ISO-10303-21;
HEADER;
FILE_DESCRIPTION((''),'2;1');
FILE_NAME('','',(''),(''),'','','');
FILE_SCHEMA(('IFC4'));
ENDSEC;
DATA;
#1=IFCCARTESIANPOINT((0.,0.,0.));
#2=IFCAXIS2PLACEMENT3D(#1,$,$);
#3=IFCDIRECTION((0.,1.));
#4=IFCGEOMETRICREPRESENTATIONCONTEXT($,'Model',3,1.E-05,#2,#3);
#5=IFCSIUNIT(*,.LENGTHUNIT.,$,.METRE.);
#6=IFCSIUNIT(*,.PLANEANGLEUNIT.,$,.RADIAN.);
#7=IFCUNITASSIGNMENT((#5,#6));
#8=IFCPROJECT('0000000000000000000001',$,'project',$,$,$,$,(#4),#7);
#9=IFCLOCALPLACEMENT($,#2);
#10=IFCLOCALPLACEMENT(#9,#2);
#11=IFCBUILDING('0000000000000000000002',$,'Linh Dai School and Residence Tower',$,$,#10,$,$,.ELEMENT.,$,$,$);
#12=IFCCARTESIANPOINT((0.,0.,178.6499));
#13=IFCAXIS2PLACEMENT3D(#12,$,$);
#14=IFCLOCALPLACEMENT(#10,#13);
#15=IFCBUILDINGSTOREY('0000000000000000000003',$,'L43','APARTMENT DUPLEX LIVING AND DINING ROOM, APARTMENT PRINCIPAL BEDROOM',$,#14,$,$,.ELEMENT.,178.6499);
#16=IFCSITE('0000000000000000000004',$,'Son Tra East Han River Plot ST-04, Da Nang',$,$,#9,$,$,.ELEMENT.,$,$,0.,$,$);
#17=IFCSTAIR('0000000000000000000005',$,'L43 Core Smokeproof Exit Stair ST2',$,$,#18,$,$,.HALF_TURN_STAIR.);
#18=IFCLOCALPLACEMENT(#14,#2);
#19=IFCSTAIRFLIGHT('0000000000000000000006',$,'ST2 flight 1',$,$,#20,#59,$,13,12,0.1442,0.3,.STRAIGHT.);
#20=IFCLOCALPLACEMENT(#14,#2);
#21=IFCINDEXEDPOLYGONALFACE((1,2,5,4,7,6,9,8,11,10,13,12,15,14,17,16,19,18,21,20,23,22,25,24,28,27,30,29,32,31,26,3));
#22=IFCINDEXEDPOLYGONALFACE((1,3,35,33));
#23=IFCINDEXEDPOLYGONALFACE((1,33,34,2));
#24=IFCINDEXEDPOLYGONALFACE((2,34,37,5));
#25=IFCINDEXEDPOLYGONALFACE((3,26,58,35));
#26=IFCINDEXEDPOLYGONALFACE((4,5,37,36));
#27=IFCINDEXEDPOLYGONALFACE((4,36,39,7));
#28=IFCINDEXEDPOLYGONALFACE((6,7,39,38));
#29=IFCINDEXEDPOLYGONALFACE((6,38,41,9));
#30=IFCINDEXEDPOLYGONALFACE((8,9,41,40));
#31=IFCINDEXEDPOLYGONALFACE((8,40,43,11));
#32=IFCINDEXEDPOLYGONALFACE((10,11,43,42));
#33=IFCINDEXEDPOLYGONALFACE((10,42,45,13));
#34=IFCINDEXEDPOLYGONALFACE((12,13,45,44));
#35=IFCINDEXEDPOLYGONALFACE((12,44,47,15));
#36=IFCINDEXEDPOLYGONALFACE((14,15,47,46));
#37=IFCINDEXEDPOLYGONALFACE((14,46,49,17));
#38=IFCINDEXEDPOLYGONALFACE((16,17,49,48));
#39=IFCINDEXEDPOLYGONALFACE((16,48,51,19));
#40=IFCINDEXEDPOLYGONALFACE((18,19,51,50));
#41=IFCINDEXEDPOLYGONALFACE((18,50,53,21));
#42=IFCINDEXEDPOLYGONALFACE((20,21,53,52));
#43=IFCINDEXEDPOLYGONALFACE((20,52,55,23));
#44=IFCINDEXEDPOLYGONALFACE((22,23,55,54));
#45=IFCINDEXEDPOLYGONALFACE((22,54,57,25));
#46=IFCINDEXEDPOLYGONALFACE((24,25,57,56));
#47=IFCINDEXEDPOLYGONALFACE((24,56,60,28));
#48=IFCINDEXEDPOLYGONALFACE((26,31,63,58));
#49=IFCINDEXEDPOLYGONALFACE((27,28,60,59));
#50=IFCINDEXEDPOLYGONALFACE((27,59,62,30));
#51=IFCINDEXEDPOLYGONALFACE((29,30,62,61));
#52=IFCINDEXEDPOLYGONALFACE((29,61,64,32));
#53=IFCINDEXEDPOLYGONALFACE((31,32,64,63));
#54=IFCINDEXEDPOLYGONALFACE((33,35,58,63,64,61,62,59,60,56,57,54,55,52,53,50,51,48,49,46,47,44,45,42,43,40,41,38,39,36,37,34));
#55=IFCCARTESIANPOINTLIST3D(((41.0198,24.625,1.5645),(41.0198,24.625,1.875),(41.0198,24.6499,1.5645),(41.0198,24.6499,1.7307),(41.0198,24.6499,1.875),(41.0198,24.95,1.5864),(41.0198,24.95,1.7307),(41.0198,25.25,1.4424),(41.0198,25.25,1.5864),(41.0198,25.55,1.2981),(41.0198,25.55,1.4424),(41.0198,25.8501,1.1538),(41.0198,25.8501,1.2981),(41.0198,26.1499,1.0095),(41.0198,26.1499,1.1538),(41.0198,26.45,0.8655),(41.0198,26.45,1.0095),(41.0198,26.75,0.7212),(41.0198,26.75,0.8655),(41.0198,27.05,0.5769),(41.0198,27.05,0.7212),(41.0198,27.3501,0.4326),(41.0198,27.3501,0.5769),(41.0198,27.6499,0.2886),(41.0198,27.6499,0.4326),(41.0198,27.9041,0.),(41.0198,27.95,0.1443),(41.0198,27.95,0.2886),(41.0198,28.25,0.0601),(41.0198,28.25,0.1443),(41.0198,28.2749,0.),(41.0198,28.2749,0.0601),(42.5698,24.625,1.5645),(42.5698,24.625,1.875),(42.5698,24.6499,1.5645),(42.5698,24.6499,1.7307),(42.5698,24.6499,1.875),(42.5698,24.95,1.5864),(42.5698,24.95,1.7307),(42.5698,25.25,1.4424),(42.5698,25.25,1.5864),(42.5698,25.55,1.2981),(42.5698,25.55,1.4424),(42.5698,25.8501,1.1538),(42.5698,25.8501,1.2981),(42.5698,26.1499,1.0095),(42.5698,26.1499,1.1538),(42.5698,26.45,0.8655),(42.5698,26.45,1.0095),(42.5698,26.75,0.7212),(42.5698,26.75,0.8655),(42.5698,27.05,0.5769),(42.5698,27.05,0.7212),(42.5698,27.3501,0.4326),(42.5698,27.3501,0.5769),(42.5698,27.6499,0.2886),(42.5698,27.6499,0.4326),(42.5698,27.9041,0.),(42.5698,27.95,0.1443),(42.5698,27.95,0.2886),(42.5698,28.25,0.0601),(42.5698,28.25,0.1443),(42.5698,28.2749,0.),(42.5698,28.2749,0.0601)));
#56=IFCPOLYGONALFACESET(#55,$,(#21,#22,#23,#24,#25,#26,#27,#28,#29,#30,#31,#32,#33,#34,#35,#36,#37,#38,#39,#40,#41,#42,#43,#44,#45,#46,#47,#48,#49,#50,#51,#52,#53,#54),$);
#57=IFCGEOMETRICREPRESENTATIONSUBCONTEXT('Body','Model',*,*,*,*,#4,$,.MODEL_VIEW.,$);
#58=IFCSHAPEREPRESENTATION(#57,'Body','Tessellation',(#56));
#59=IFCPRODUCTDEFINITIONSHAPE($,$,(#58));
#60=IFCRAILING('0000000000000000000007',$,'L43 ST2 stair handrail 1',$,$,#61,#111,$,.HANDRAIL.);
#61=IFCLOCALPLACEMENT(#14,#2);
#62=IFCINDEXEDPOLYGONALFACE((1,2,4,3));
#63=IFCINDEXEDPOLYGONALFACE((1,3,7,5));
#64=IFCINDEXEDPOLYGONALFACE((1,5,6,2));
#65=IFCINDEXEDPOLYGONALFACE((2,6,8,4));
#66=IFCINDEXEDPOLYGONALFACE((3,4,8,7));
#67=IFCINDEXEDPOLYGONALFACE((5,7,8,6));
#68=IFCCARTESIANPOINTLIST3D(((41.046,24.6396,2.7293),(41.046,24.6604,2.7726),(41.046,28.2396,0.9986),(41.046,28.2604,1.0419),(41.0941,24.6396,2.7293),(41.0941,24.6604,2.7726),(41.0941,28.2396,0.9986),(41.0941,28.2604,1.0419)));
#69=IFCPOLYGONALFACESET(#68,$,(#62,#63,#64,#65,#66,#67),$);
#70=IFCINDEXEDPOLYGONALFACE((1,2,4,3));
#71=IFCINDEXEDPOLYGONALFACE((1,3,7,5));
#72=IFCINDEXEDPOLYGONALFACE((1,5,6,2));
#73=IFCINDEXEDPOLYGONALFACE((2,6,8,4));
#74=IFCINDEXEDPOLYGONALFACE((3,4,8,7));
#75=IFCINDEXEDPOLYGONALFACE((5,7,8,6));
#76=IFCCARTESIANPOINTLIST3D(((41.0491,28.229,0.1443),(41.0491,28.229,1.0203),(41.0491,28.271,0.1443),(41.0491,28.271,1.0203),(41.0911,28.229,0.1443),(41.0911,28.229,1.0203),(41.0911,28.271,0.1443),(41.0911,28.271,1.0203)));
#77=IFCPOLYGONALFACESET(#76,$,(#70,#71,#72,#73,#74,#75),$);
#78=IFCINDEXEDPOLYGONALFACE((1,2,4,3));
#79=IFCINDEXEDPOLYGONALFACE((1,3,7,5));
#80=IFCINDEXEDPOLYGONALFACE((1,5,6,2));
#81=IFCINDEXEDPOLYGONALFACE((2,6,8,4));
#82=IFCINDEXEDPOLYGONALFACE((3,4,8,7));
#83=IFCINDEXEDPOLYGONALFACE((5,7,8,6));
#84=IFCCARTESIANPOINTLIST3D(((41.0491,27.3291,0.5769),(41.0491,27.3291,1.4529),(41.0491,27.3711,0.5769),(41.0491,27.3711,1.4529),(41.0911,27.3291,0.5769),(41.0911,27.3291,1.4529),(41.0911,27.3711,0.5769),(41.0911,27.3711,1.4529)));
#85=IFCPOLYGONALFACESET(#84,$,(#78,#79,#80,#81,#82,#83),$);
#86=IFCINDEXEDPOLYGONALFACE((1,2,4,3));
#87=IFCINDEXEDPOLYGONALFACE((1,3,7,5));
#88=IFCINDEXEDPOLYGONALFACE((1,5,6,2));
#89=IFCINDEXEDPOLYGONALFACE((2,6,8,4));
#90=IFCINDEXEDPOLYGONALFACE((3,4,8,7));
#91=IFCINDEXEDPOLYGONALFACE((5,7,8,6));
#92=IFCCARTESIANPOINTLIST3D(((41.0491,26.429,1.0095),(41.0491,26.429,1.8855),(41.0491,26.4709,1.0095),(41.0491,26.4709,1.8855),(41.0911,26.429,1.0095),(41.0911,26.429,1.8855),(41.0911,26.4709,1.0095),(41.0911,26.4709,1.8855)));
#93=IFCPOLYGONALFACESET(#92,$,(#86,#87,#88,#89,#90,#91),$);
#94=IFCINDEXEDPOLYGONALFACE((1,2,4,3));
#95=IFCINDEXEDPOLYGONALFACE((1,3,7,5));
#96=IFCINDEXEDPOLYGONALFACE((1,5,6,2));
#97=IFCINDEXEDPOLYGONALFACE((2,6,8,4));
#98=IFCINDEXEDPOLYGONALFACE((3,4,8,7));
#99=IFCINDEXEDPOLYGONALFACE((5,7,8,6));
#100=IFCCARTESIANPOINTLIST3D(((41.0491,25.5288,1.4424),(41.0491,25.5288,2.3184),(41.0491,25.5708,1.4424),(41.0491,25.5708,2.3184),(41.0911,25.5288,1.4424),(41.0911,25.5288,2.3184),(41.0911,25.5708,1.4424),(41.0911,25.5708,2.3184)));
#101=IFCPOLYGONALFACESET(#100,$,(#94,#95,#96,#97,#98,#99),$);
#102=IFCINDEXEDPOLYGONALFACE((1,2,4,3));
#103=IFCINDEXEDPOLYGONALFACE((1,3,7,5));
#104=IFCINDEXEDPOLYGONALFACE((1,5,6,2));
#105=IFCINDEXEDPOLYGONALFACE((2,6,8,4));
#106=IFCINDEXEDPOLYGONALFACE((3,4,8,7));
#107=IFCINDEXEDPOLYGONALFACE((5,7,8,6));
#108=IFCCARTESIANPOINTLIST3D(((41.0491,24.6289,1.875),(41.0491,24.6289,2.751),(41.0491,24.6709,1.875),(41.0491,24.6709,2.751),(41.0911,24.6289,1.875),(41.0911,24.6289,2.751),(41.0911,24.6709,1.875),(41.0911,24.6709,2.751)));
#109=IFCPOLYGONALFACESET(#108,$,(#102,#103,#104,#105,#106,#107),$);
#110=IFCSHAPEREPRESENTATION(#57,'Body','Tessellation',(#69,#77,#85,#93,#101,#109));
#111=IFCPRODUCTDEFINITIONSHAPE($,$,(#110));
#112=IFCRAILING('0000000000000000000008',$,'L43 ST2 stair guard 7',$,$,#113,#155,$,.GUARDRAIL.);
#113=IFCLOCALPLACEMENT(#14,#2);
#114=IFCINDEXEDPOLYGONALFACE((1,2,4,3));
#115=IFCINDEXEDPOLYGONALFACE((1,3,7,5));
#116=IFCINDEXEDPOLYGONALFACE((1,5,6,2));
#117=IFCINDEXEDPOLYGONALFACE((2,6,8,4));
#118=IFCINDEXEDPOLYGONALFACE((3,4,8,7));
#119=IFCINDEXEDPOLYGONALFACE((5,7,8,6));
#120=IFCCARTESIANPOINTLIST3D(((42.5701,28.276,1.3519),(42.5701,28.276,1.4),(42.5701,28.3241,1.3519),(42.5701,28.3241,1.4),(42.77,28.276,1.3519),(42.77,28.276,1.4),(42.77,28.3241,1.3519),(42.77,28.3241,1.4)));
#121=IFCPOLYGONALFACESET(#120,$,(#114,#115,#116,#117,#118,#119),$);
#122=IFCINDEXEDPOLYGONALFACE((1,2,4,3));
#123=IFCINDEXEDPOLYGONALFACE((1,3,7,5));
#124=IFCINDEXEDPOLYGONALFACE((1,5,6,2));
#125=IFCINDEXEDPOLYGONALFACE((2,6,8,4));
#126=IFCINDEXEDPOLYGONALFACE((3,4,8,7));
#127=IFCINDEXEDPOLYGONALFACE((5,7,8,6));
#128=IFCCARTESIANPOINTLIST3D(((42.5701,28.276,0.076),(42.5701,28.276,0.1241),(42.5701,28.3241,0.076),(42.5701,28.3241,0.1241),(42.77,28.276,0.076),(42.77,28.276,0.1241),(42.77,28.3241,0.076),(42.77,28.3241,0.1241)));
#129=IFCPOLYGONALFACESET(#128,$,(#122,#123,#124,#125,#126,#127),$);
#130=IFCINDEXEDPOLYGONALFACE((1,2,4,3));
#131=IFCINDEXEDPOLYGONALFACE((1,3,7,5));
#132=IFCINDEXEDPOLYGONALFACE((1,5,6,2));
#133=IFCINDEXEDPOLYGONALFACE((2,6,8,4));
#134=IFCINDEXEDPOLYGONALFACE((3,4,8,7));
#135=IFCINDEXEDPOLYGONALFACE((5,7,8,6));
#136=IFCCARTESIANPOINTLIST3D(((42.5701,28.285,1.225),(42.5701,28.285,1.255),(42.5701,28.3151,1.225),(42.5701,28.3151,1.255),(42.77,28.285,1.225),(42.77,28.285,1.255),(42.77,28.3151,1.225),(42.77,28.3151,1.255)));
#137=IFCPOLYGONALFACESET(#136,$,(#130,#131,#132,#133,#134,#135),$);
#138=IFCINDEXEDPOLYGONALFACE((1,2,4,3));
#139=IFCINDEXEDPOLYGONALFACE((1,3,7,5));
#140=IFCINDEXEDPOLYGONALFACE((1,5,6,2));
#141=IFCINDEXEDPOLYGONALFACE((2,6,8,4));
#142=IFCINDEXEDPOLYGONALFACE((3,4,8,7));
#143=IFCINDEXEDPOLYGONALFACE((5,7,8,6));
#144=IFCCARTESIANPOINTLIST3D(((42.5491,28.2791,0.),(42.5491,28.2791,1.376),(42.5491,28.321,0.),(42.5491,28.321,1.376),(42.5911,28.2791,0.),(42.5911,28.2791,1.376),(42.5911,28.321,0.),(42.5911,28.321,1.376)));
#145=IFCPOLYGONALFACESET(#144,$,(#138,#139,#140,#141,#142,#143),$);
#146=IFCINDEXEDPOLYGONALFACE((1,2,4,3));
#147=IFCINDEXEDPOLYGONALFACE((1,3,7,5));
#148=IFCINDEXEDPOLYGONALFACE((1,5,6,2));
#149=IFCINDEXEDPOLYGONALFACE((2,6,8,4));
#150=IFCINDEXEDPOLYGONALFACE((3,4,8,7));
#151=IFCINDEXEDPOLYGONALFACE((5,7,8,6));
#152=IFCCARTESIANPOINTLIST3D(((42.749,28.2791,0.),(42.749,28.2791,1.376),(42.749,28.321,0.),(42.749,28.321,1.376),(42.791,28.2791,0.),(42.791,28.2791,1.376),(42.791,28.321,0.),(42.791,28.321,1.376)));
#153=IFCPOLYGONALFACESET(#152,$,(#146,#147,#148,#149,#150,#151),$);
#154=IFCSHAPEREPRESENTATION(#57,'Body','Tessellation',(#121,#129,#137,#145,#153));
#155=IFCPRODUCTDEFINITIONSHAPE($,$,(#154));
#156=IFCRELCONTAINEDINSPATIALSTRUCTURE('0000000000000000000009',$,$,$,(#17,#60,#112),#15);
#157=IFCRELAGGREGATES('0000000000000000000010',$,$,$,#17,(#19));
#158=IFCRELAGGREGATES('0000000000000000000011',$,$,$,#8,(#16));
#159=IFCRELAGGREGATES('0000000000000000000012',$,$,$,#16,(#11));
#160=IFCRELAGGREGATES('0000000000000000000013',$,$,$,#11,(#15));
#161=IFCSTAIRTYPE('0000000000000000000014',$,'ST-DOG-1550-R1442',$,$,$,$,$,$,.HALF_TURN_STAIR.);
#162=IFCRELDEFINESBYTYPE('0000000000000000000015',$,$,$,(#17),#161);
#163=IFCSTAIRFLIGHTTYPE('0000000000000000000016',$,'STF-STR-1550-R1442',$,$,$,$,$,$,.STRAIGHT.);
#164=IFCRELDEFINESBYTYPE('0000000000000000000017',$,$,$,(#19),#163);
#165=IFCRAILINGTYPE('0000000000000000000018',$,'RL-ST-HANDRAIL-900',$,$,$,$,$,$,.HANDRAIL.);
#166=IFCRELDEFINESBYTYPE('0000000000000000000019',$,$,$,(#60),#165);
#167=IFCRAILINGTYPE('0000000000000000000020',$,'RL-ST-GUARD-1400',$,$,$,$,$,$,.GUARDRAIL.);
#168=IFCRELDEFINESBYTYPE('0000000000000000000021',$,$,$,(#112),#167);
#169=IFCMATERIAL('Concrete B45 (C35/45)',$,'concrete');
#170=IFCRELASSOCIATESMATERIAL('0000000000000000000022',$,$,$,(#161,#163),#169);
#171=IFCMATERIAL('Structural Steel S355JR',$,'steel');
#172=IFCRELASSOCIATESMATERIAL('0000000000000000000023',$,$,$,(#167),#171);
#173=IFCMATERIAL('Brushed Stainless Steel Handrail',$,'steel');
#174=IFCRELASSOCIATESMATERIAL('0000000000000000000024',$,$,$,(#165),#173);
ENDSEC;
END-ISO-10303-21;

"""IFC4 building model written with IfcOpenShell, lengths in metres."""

from ifc_helpers import new_model, si_unit, direction, frame, origin, origin_2d, place, context, subcontext, project, spatial, polyline, rectangle, outline, extrude, source, transform, mapped, material, type_object, element, aggregate, save


model = new_model("IFC4")

# Units and contexts
model_context = context("Model", 3, precision=1e-05, world=origin(), true_north=direction((0.0, 1.0)))
body_context = subcontext(model_context, "Body", "Model", "MODEL_VIEW")
ifc_project = project(units=[si_unit("LENGTHUNIT", "METRE"), si_unit("PLANEANGLEUNIT", "RADIAN")], contexts=[model_context])

# Site, building, storey
site_placement = place(None, origin())
site = spatial("IfcSite", under=ifc_project, at=site_placement, Name="Son Tra East Han River Plot ST-04, Da Nang", CompositionType="ELEMENT", RefElevation=0.0)
building_placement = place(site_placement, origin())
building = spatial("IfcBuilding", under=site, at=building_placement, Name="Linh Dai School and Residence Tower", CompositionType="ELEMENT")
storey_placement = place(building_placement, frame((0.0, 0.0, 178.6499)))
storey = spatial("IfcBuildingStorey", under=building, at=storey_placement, Name="L43", Description="APARTMENT DUPLEX LIVING AND DINING ROOM, APARTMENT PRINCIPAL BEDROOM", CompositionType="ELEMENT", Elevation=178.6499)

# Shared definitions
ifc_material_1 = material(Name="Structural Steel S355JR", Category="steel")

# Shared definitions
ifc_material_2 = material(Name="Concrete B45 (C35/45)", Category="concrete")

# Stair, stair flight
stair_type = type_object("IfcStairType", Name="ST-DOG-1550-R1442", PredefinedType="HALF_TURN_STAIR", material=ifc_material_2)
stair_placement = place(storey_placement, origin())
stair = element("IfcStair", 1, at=stair_placement, inside=storey, type_object=stair_type, Name="L43 Core Smokeproof Exit Stair ST2", PredefinedType="HALF_TURN_STAIR")
stair_flight_type = type_object("IfcStairFlightType", Name="STF-STR-1550-R1442", PredefinedType="STRAIGHT", material=ifc_material_2)
shared_shape_1 = source(origin(), body_context, "Body", "SweptSolid", [
    extrude(outline(polyline([(-0.0249, 0.0), (-0.0249, 0.0601), (0.0, 0.0601), (0.0, 0.1443), (0.3, 0.1443), (0.3, 0.2886), (0.6001, 0.2886), (0.6001, 0.4326), (0.8999, 0.4326), (0.8999, 0.5769), (1.2, 0.5769), (1.2, 0.7212), (1.5, 0.7212), (1.5, 0.8655), (1.8, 0.8655), (1.8, 1.0095), (2.1001, 1.0095), (2.1001, 1.1538), (2.3999, 1.1538), (2.3999, 1.2981), (2.7, 1.2981), (2.7, 1.4424), (3.0, 1.4424), (3.0, 1.5864), (3.3, 1.5864), (3.3, 1.7307), (3.6001, 1.7307), (3.6001, 1.875), (3.625, 1.875), (3.625, 1.5645), (3.6001, 1.5645), (0.3459, 0.0), (-0.0249, 0.0)])), frame((0.0, 0.7749, 0.0), z_axis=(0.0, -1.0, 0.0), x_axis=(1.0, 0.0, 0.0)), (0.0, 0.0, 1.0), 1.55),
])
stair_flight_placement = place(storey_placement, frame((41.7949, 28.25, 0.0), z_axis=(0.0, 0.0, 1.0), x_axis=(0.0, -1.0, 0.0)))
stair_flight = element("IfcStairFlight", 2, at=stair_flight_placement, type_object=stair_flight_type, Name="ST2 flight 1", NumberOfRisers=13, NumberOfTreads=12, PredefinedType="STRAIGHT", RiserHeight=0.1442, TreadLength=0.3, context=body_context, shape_type="MappedRepresentation", body=[
    mapped(shared_shape_1, transform((0.0, 0.0, 0.0), x_axis=(1.0, 0.0, 0.0), y_axis=(0.0, 1.0, 0.0), z_axis=(0.0, 0.0, 1.0), scale=1.0)),
])
aggregate(stair, [stair_flight])

# Railings
railing_type_1 = type_object("IfcRailingType", Name="RL-ST-GUARD-1400", PredefinedType="GUARDRAIL", material=ifc_material_1)
ifc_material_3 = material(Name="Brushed Stainless Steel Handrail", Category="steel")
railing_type_2 = type_object("IfcRailingType", Name="RL-ST-HANDRAIL-900", PredefinedType="HANDRAIL", material=ifc_material_3)
shared_shape_2 = source(origin(), body_context, "Body", "SweptSolid", [
    extrude(rectangle(XDim=0.0481, YDim=0.0481, at=origin_2d()), frame((0.0, 0.0, 0.876), z_axis=(0.0, -0.901263, 0.433273), x_axis=(1.0, 0.0, 0.0)), (0.0, 0.0, 1.0), 3.9944),
    extrude(rectangle(XDim=0.042, YDim=0.042, at=origin_2d()), origin(), (0.0, 0.0, 1.0), 0.876),
    extrude(rectangle(XDim=0.042, YDim=0.042, at=origin_2d()), frame((0.0, -0.8999, 0.4326)), (0.0, 0.0, 1.0), 0.876),
    extrude(rectangle(XDim=0.042, YDim=0.042, at=origin_2d()), frame((0.0, -1.8, 0.8652)), (0.0, 0.0, 1.0), 0.876),
    extrude(rectangle(XDim=0.042, YDim=0.042, at=origin_2d()), frame((0.0, -2.7002, 1.2981)), (0.0, 0.0, 1.0), 0.876),
    extrude(rectangle(XDim=0.042, YDim=0.042, at=origin_2d()), frame((0.0, -3.6001, 1.7307)), (0.0, 0.0, 1.0), 0.876),
])
railing_1_placement = place(storey_placement, frame((41.0701, 28.25, 0.1443)))
element("IfcRailing", 3, at=railing_1_placement, inside=storey, type_object=railing_type_2, Name="L43 ST2 stair handrail 1", PredefinedType="HANDRAIL", context=body_context, shape_type="MappedRepresentation", body=[
    mapped(shared_shape_2, transform((0.0, 0.0, 0.0), x_axis=(1.0, 0.0, 0.0), y_axis=(0.0, 1.0, 0.0), z_axis=(0.0, 0.0, 1.0), scale=1.0)),
])
shared_shape_3 = source(origin(), body_context, "Body", "SweptSolid", [
    extrude(rectangle(XDim=0.0481, YDim=0.0481, at=origin_2d()), frame((0.0, 0.0, 1.376), z_axis=(1.0, 0.0, 0.0), x_axis=(0.0, 1.0, 0.0)), (0.0, 0.0, 1.0), 0.2),
    extrude(rectangle(XDim=0.0481, YDim=0.0481, at=origin_2d()), frame((0.0, 0.0, 0.1001), z_axis=(1.0, 0.0, 0.0), x_axis=(0.0, 1.0, 0.0)), (0.0, 0.0, 1.0), 0.2),
    extrude(rectangle(XDim=0.03, YDim=0.03, at=origin_2d()), frame((0.0, 0.0, 1.24), z_axis=(1.0, 0.0, 0.0), x_axis=(0.0, 1.0, 0.0)), (0.0, 0.0, 1.0), 0.2),
    extrude(rectangle(XDim=0.042, YDim=0.042, at=origin_2d()), origin(), (0.0, 0.0, 1.0), 1.376),
    extrude(rectangle(XDim=0.042, YDim=0.042, at=origin_2d()), frame((0.2, 0.0, 0.0)), (0.0, 0.0, 1.0), 1.376),
])
railing_2_placement = place(storey_placement, frame((42.5701, 28.3, 0.0)))
element("IfcRailing", 4, at=railing_2_placement, inside=storey, type_object=railing_type_1, Name="L43 ST2 stair guard 7", PredefinedType="GUARDRAIL", context=body_context, shape_type="MappedRepresentation", body=[
    mapped(shared_shape_3, transform((0.0, 0.0, 0.0), x_axis=(1.0, 0.0, 0.0), y_axis=(0.0, 1.0, 0.0), z_axis=(0.0, 0.0, 1.0), scale=1.0)),
])

save(model, "model.ifc")
